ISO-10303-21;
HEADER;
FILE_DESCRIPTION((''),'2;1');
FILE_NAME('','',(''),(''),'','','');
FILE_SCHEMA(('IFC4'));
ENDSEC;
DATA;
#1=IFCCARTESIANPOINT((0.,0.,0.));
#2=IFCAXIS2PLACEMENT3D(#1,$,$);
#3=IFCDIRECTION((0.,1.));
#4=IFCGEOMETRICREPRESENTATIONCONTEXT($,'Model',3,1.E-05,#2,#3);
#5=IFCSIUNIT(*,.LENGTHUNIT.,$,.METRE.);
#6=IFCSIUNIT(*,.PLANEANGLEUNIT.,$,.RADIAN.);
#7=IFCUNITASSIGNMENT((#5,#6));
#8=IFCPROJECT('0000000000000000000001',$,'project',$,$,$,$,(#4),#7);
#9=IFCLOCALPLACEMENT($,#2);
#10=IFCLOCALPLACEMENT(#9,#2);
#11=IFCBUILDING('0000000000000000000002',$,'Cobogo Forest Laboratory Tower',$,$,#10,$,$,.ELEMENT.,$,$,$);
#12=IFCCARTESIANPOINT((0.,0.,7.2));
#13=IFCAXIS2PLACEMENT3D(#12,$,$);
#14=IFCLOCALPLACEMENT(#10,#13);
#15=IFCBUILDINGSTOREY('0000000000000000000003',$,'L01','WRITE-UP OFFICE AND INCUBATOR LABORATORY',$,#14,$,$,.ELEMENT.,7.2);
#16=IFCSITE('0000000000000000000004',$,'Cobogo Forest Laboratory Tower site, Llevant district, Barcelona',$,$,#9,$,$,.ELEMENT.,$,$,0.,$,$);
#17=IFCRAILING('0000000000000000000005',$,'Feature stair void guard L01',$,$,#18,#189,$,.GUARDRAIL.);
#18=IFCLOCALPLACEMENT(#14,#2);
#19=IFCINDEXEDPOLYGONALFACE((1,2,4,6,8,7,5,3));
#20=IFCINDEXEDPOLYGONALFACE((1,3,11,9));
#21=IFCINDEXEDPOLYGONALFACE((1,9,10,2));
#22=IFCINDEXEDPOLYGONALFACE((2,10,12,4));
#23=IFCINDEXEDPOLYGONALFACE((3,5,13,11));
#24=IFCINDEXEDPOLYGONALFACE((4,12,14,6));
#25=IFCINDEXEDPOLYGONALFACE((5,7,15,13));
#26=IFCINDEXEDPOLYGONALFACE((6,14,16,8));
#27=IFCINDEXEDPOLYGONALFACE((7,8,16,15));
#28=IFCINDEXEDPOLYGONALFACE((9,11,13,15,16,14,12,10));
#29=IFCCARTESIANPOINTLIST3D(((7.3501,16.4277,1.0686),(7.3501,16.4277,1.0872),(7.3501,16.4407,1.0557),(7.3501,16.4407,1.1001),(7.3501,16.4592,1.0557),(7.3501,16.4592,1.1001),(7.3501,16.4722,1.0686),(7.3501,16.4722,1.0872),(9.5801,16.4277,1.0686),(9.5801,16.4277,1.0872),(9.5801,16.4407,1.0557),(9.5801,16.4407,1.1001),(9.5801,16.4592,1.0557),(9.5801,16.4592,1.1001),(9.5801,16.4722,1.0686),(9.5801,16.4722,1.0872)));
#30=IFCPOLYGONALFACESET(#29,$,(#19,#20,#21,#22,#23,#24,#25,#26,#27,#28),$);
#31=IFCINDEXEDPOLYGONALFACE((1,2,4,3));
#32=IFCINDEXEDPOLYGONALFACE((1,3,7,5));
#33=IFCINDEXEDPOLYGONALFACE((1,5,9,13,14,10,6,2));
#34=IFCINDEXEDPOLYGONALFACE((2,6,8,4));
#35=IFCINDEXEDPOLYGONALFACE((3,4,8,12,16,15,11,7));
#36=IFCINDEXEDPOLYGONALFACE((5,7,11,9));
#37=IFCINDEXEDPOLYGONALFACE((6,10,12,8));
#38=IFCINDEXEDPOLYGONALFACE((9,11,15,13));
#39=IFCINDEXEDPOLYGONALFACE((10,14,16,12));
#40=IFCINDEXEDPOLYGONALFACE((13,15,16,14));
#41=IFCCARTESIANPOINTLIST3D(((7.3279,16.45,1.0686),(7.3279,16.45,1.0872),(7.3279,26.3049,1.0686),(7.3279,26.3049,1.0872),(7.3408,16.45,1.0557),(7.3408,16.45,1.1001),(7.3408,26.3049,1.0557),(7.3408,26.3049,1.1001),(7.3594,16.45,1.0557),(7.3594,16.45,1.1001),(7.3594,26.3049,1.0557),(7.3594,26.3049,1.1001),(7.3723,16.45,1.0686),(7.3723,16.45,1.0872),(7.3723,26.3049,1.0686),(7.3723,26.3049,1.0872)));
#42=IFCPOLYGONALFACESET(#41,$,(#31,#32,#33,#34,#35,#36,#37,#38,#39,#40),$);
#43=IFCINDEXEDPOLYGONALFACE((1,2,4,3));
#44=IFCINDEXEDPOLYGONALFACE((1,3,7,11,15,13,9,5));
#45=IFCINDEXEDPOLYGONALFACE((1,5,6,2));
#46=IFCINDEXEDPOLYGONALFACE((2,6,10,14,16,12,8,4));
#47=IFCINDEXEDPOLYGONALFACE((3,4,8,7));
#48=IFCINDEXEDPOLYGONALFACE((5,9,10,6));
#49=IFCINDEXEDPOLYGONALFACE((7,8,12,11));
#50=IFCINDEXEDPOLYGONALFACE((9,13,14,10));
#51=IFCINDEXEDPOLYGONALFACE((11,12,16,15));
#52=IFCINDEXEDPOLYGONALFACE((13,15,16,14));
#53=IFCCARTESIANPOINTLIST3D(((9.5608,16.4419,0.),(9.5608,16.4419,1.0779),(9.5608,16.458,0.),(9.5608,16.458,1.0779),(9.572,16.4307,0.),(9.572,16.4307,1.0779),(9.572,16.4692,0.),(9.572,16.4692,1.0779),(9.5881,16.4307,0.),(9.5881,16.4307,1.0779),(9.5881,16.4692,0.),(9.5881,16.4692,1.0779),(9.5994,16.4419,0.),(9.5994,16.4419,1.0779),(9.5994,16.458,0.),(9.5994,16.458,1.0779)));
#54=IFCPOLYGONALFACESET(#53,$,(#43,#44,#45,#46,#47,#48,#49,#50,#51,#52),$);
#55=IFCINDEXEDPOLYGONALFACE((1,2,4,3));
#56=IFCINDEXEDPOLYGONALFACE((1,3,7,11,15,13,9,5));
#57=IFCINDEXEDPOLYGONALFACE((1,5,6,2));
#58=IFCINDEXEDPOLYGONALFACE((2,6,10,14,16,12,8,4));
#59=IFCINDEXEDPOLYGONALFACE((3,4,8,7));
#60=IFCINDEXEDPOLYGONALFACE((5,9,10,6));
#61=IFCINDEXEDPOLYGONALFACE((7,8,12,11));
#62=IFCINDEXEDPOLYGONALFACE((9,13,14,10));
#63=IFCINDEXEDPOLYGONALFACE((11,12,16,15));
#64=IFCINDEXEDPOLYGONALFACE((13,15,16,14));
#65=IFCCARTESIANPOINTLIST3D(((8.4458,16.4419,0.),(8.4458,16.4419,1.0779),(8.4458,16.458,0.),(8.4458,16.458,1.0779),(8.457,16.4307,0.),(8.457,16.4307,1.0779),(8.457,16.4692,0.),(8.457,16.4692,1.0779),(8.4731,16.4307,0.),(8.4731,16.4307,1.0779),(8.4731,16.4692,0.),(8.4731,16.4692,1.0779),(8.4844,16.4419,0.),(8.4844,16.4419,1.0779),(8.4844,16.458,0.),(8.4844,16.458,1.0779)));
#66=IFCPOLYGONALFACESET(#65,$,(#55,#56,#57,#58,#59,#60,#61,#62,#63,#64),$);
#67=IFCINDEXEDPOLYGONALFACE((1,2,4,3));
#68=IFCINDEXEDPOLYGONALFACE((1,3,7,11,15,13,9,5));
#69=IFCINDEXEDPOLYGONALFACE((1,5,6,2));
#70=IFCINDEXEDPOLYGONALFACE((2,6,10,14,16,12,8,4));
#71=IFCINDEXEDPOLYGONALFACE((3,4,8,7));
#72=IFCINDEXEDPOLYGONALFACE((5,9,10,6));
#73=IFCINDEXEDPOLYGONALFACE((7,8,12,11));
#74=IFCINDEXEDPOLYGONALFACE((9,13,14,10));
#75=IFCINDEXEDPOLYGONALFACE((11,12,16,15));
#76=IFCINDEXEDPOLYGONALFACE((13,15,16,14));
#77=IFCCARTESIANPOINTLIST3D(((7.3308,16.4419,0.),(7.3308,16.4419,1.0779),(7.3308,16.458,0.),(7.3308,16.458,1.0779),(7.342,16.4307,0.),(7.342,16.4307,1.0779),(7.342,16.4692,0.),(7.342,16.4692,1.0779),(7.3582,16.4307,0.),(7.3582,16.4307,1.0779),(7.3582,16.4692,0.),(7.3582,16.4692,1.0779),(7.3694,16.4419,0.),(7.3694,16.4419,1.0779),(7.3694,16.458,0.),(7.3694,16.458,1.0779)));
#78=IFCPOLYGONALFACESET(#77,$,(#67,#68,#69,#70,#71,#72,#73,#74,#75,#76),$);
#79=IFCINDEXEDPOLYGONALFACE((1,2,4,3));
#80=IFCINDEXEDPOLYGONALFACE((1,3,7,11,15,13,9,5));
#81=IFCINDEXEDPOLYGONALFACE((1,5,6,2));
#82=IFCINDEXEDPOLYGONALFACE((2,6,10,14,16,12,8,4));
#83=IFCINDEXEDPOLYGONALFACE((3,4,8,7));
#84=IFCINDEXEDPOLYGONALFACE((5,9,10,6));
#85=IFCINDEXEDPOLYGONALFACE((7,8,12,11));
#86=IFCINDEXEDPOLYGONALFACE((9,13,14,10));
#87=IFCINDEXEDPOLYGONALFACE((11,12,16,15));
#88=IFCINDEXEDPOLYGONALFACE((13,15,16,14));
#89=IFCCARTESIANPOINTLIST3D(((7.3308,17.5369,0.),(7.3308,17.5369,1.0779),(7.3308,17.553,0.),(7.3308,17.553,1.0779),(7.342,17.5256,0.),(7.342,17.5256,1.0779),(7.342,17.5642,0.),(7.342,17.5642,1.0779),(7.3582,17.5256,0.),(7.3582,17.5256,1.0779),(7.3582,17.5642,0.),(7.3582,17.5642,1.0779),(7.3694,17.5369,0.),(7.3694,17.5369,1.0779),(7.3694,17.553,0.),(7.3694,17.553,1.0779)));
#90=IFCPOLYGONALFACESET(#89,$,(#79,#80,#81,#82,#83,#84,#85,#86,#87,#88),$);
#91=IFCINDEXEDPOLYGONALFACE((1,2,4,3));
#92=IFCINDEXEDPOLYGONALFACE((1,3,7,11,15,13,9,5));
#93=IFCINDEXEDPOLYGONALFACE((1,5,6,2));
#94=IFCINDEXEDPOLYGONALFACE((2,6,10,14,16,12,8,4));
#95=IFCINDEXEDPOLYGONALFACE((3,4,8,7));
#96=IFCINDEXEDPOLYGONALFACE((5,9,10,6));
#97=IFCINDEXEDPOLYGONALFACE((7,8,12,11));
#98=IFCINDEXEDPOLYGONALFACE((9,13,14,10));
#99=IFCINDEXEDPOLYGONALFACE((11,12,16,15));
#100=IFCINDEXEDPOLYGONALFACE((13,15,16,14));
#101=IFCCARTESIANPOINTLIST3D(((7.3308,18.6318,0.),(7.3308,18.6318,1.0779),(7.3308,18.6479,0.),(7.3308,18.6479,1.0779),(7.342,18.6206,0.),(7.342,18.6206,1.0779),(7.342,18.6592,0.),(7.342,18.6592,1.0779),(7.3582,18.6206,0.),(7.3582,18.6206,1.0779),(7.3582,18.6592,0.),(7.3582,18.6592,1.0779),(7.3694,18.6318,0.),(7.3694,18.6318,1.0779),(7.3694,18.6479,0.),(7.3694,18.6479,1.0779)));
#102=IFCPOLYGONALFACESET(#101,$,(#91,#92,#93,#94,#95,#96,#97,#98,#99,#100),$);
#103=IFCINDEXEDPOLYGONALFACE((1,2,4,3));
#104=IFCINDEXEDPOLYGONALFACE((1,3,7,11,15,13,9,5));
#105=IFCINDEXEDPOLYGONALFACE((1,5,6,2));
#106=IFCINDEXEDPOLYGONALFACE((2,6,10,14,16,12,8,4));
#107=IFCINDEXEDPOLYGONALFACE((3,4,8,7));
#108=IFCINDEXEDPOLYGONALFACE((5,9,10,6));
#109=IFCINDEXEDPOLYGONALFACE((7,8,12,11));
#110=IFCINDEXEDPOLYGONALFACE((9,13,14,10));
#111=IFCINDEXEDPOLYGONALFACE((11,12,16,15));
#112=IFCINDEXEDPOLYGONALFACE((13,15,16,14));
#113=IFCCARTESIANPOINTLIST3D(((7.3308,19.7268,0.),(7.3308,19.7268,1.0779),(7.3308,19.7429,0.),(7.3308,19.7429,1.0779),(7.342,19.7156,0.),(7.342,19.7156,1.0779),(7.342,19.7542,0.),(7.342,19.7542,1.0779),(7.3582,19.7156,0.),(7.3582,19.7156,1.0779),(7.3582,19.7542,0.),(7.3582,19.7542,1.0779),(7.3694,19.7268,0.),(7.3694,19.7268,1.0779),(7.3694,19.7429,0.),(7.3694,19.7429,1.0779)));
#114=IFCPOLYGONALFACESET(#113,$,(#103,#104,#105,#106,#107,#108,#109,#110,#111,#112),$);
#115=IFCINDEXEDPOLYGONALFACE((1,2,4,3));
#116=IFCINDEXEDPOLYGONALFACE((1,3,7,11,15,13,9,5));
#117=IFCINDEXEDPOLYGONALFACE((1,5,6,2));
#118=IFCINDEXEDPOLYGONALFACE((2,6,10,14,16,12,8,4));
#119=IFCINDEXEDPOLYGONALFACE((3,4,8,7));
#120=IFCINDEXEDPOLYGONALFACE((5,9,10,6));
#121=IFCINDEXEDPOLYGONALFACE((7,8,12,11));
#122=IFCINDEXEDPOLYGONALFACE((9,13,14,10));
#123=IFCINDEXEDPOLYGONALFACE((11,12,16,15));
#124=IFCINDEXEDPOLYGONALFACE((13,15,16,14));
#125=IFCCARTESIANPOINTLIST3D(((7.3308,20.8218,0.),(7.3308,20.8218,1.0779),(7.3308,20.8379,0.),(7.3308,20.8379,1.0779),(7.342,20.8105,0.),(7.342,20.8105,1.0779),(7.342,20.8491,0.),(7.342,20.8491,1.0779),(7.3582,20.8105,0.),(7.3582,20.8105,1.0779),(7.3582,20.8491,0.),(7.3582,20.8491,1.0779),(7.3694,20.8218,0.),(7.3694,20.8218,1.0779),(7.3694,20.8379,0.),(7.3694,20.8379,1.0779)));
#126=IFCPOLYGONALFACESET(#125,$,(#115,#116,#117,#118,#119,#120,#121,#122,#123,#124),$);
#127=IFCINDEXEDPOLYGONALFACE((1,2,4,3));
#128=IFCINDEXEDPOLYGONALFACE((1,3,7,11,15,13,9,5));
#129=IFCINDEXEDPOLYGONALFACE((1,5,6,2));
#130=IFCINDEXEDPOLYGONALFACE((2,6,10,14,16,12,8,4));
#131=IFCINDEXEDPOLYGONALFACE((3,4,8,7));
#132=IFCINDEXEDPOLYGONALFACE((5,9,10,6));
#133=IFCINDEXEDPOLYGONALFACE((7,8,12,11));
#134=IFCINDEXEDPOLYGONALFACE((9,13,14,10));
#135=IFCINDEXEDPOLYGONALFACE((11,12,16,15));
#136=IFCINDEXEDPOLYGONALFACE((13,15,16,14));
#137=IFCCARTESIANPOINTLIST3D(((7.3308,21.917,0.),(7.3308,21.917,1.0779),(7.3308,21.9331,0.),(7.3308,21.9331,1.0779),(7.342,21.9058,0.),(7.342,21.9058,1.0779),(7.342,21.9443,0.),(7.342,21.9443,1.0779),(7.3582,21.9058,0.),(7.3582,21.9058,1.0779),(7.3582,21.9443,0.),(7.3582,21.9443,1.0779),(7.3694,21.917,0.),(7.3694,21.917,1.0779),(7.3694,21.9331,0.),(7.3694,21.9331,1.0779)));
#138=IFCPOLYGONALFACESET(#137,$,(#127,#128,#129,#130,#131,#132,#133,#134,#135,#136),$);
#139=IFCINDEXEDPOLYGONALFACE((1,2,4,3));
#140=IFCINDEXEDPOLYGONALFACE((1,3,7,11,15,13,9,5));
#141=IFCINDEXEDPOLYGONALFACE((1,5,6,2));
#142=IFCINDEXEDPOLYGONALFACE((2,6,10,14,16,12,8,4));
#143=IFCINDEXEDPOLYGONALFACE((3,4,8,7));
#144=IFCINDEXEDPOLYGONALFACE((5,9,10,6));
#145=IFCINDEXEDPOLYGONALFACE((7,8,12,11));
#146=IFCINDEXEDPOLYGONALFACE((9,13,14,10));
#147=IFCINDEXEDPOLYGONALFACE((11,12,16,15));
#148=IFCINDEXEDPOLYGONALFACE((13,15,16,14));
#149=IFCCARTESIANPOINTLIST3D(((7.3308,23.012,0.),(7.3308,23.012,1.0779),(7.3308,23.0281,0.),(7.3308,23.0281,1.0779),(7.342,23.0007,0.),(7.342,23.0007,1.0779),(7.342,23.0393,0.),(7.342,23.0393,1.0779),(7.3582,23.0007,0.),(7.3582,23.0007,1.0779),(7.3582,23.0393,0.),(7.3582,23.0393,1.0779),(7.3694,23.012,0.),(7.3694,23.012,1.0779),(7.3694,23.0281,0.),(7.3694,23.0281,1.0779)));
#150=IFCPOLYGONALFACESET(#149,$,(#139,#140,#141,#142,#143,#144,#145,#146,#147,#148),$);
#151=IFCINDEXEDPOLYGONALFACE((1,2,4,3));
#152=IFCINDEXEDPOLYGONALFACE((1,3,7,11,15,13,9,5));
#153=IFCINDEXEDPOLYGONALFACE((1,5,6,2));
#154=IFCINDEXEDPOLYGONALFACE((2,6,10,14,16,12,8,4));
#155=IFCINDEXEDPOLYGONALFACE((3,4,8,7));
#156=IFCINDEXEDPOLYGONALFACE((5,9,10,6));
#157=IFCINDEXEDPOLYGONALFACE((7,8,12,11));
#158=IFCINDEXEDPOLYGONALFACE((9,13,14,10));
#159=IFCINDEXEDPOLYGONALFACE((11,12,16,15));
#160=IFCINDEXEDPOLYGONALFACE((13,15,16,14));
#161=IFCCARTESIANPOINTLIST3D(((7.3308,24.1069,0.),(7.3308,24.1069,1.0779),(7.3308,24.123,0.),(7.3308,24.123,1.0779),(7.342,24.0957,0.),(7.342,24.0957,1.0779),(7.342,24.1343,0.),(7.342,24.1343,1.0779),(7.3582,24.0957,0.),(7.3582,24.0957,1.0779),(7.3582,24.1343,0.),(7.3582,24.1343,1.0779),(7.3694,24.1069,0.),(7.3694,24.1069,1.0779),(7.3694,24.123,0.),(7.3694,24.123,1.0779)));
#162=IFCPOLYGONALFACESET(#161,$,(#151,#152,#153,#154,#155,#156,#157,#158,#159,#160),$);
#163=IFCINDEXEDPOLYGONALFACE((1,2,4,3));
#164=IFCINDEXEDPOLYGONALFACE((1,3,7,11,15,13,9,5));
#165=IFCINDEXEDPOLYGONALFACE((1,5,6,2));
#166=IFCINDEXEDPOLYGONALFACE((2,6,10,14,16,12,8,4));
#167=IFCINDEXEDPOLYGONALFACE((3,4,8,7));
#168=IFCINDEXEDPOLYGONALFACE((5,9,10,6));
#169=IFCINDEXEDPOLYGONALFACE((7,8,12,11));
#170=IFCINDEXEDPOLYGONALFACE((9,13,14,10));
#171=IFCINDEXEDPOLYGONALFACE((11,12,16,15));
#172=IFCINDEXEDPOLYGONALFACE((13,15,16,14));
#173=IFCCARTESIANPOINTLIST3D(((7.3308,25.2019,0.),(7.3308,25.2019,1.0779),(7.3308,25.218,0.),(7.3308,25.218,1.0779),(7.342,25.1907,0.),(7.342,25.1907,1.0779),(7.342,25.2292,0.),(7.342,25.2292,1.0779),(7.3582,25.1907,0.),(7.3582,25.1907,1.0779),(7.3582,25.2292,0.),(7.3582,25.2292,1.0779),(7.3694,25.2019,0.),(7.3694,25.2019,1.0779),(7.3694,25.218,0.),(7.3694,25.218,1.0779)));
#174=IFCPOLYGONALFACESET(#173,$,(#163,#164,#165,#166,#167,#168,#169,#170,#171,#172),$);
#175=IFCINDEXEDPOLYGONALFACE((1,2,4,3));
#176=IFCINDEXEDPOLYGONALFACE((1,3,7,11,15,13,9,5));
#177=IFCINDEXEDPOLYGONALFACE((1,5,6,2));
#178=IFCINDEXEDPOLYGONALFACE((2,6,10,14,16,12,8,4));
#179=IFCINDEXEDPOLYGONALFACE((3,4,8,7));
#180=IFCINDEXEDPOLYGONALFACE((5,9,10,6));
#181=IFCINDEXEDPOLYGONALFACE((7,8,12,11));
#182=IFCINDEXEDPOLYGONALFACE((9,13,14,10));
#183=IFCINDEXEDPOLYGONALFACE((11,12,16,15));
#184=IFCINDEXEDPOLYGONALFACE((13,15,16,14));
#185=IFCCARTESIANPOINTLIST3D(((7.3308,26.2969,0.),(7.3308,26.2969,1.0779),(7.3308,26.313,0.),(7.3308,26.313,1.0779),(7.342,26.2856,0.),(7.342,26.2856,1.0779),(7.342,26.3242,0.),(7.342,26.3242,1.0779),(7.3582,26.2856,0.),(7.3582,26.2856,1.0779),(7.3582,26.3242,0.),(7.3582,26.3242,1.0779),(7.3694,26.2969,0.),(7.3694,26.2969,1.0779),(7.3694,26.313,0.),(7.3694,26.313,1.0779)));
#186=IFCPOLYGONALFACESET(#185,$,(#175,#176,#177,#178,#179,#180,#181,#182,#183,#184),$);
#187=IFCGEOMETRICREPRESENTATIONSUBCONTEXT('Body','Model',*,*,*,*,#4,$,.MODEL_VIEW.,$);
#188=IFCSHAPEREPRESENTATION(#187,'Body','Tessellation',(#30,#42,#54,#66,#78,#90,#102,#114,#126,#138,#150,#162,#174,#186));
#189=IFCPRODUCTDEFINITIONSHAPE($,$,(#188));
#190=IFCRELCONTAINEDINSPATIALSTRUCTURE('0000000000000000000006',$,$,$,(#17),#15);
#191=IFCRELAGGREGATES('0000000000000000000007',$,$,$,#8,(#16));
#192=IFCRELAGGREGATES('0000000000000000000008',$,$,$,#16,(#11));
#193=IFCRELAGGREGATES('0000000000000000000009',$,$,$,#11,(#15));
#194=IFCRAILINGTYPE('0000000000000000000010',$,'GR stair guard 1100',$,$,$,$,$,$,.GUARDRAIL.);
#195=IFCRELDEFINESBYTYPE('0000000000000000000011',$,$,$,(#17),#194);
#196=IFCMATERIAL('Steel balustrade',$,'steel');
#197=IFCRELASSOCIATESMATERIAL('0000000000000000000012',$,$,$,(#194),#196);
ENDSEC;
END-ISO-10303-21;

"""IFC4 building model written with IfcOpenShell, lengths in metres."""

from ifc_helpers import new_model, si_unit, direction, frame, origin, place, context, subcontext, project, spatial, polyline, outline, extrude, material, type_object, element, save


model = new_model("IFC4")

# Units and contexts
model_context = context("Model", 3, precision=1e-05, world=origin(), true_north=direction((0.0, 1.0)))
body_context = subcontext(model_context, "Body", "Model", "MODEL_VIEW")
ifc_project = project(units=[si_unit("LENGTHUNIT", "METRE"), si_unit("PLANEANGLEUNIT", "RADIAN")], contexts=[model_context])

# Site, building, storey
site_placement = place(None, origin())
site = spatial("IfcSite", under=ifc_project, at=site_placement, Name="Cobogo Forest Laboratory Tower site, Llevant district, Barcelona", CompositionType="ELEMENT", RefElevation=0.0)
building_placement = place(site_placement, origin())
building = spatial("IfcBuilding", under=site, at=building_placement, Name="Cobogo Forest Laboratory Tower", CompositionType="ELEMENT")
storey_placement = place(building_placement, frame((0.0, 0.0, 7.2)))
storey = spatial("IfcBuildingStorey", under=building, at=storey_placement, Name="L01", Description="WRITE-UP OFFICE AND INCUBATOR LABORATORY", CompositionType="ELEMENT", Elevation=7.2)

# Railing
ifc_material_1 = material(Name="Steel balustrade", Category="steel")
railing_type = type_object("IfcRailingType", Name="GR stair guard 1100", PredefinedType="GUARDRAIL", material=ifc_material_1)
railing_placement = place(storey_placement, frame((9.5801, 16.45, 0.0)))
element("IfcRailing", 1, at=railing_placement, inside=storey, type_object=railing_type, Name="Feature stair void guard L01", PredefinedType="GUARDRAIL", context=body_context, shape_type="SweptSolid", body=[
    extrude(outline(polyline([(0.0222, 0.0093), (0.0093, 0.0222), (-0.0093, 0.0222), (-0.0222, 0.0093), (-0.0222, -0.0093), (-0.0093, -0.0222), (0.0093, -0.0222), (0.0222, -0.0093), (0.0222, 0.0093)])), frame((0.0, 0.0, 1.0779), z_axis=(-1.0, 0.0, 0.0), x_axis=(0.0, -1.0, 0.0)), (0.0, 0.0, 1.0), 2.23),
    extrude(outline(polyline([(0.0222, 0.0093), (0.0093, 0.0222), (-0.0093, 0.0222), (-0.0222, 0.0093), (-0.0222, -0.0093), (-0.0093, -0.0222), (0.0093, -0.0222), (0.0222, -0.0093), (0.0222, 0.0093)])), frame((-2.23, 0.0, 1.0779), z_axis=(0.0, 1.0, 0.0), x_axis=(-1.0, 0.0, 0.0)), (0.0, 0.0, 1.0), 9.855),
    extrude(outline(polyline([(0.0193, 0.0081), (0.0081, 0.0193), (-0.0081, 0.0193), (-0.0193, 0.0081), (-0.0193, -0.0081), (-0.0081, -0.0193), (0.0081, -0.0193), (0.0193, -0.0081), (0.0193, 0.0081)])), origin(), (0.0, 0.0, 1.0), 1.0779),
    extrude(outline(polyline([(0.0193, 0.0081), (0.0081, 0.0193), (-0.0081, 0.0193), (-0.0193, 0.0081), (-0.0193, -0.0081), (-0.0081, -0.0193), (0.0081, -0.0193), (0.0193, -0.0081), (0.0193, 0.0081)])), frame((-1.115, 0.0, 0.0)), (0.0, 0.0, 1.0), 1.0779),
    extrude(outline(polyline([(0.0193, 0.0081), (0.0081, 0.0193), (-0.0081, 0.0193), (-0.0193, 0.0081), (-0.0193, -0.0081), (-0.0081, -0.0193), (0.0081, -0.0193), (0.0193, -0.0081), (0.0193, 0.0081)])), frame((-2.23, 0.0, 0.0)), (0.0, 0.0, 1.0), 1.0779),
    extrude(outline(polyline([(0.0193, 0.0081), (0.0081, 0.0193), (-0.0081, 0.0193), (-0.0193, 0.0081), (-0.0193, -0.0081), (-0.0081, -0.0193), (0.0081, -0.0193), (0.0193, -0.0081), (0.0193, 0.0081)])), frame((-2.23, 1.095, 0.0)), (0.0, 0.0, 1.0), 1.0779),
    extrude(outline(polyline([(0.0193, 0.0081), (0.0081, 0.0193), (-0.0081, 0.0193), (-0.0193, 0.0081), (-0.0193, -0.0081), (-0.0081, -0.0193), (0.0081, -0.0193), (0.0193, -0.0081), (0.0193, 0.0081)])), frame((-2.23, 2.1899, 0.0)), (0.0, 0.0, 1.0), 1.0779),
    extrude(outline(polyline([(0.0193, 0.0081), (0.0081, 0.0193), (-0.0081, 0.0193), (-0.0193, 0.0081), (-0.0193, -0.0081), (-0.0081, -0.0193), (0.0081, -0.0193), (0.0193, -0.0081), (0.0193, 0.0081)])), frame((-2.23, 3.2849, 0.0)), (0.0, 0.0, 1.0), 1.0779),
    extrude(outline(polyline([(0.0193, 0.0081), (0.0081, 0.0193), (-0.0081, 0.0193), (-0.0193, 0.0081), (-0.0193, -0.0081), (-0.0081, -0.0193), (0.0081, -0.0193), (0.0193, -0.0081), (0.0193, 0.0081)])), frame((-2.23, 4.3799, 0.0)), (0.0, 0.0, 1.0), 1.0779),
    extrude(outline(polyline([(0.0193, 0.0081), (0.0081, 0.0193), (-0.0081, 0.0193), (-0.0193, 0.0081), (-0.0193, -0.0081), (-0.0081, -0.0193), (0.0081, -0.0193), (0.0193, -0.0081), (0.0193, 0.0081)])), frame((-2.23, 5.4751, 0.0)), (0.0, 0.0, 1.0), 1.0779),
    extrude(outline(polyline([(0.0193, 0.0081), (0.0081, 0.0193), (-0.0081, 0.0193), (-0.0193, 0.0081), (-0.0193, -0.0081), (-0.0081, -0.0193), (0.0081, -0.0193), (0.0193, -0.0081), (0.0193, 0.0081)])), frame((-2.23, 6.5701, 0.0)), (0.0, 0.0, 1.0), 1.0779),
    extrude(outline(polyline([(0.0193, 0.0081), (0.0081, 0.0193), (-0.0081, 0.0193), (-0.0193, 0.0081), (-0.0193, -0.0081), (-0.0081, -0.0193), (0.0081, -0.0193), (0.0193, -0.0081), (0.0193, 0.0081)])), frame((-2.23, 7.665, 0.0)), (0.0, 0.0, 1.0), 1.0779),
    extrude(outline(polyline([(0.0193, 0.0081), (0.0081, 0.0193), (-0.0081, 0.0193), (-0.0193, 0.0081), (-0.0193, -0.0081), (-0.0081, -0.0193), (0.0081, -0.0193), (0.0193, -0.0081), (0.0193, 0.0081)])), frame((-2.23, 8.76, 0.0)), (0.0, 0.0, 1.0), 1.0779),
    extrude(outline(polyline([(0.0193, 0.0081), (0.0081, 0.0193), (-0.0081, 0.0193), (-0.0193, 0.0081), (-0.0193, -0.0081), (-0.0081, -0.0193), (0.0081, -0.0193), (0.0193, -0.0081), (0.0193, 0.0081)])), frame((-2.23, 9.855, 0.0)), (0.0, 0.0, 1.0), 1.0779),
])

save(model, "model.ifc")
